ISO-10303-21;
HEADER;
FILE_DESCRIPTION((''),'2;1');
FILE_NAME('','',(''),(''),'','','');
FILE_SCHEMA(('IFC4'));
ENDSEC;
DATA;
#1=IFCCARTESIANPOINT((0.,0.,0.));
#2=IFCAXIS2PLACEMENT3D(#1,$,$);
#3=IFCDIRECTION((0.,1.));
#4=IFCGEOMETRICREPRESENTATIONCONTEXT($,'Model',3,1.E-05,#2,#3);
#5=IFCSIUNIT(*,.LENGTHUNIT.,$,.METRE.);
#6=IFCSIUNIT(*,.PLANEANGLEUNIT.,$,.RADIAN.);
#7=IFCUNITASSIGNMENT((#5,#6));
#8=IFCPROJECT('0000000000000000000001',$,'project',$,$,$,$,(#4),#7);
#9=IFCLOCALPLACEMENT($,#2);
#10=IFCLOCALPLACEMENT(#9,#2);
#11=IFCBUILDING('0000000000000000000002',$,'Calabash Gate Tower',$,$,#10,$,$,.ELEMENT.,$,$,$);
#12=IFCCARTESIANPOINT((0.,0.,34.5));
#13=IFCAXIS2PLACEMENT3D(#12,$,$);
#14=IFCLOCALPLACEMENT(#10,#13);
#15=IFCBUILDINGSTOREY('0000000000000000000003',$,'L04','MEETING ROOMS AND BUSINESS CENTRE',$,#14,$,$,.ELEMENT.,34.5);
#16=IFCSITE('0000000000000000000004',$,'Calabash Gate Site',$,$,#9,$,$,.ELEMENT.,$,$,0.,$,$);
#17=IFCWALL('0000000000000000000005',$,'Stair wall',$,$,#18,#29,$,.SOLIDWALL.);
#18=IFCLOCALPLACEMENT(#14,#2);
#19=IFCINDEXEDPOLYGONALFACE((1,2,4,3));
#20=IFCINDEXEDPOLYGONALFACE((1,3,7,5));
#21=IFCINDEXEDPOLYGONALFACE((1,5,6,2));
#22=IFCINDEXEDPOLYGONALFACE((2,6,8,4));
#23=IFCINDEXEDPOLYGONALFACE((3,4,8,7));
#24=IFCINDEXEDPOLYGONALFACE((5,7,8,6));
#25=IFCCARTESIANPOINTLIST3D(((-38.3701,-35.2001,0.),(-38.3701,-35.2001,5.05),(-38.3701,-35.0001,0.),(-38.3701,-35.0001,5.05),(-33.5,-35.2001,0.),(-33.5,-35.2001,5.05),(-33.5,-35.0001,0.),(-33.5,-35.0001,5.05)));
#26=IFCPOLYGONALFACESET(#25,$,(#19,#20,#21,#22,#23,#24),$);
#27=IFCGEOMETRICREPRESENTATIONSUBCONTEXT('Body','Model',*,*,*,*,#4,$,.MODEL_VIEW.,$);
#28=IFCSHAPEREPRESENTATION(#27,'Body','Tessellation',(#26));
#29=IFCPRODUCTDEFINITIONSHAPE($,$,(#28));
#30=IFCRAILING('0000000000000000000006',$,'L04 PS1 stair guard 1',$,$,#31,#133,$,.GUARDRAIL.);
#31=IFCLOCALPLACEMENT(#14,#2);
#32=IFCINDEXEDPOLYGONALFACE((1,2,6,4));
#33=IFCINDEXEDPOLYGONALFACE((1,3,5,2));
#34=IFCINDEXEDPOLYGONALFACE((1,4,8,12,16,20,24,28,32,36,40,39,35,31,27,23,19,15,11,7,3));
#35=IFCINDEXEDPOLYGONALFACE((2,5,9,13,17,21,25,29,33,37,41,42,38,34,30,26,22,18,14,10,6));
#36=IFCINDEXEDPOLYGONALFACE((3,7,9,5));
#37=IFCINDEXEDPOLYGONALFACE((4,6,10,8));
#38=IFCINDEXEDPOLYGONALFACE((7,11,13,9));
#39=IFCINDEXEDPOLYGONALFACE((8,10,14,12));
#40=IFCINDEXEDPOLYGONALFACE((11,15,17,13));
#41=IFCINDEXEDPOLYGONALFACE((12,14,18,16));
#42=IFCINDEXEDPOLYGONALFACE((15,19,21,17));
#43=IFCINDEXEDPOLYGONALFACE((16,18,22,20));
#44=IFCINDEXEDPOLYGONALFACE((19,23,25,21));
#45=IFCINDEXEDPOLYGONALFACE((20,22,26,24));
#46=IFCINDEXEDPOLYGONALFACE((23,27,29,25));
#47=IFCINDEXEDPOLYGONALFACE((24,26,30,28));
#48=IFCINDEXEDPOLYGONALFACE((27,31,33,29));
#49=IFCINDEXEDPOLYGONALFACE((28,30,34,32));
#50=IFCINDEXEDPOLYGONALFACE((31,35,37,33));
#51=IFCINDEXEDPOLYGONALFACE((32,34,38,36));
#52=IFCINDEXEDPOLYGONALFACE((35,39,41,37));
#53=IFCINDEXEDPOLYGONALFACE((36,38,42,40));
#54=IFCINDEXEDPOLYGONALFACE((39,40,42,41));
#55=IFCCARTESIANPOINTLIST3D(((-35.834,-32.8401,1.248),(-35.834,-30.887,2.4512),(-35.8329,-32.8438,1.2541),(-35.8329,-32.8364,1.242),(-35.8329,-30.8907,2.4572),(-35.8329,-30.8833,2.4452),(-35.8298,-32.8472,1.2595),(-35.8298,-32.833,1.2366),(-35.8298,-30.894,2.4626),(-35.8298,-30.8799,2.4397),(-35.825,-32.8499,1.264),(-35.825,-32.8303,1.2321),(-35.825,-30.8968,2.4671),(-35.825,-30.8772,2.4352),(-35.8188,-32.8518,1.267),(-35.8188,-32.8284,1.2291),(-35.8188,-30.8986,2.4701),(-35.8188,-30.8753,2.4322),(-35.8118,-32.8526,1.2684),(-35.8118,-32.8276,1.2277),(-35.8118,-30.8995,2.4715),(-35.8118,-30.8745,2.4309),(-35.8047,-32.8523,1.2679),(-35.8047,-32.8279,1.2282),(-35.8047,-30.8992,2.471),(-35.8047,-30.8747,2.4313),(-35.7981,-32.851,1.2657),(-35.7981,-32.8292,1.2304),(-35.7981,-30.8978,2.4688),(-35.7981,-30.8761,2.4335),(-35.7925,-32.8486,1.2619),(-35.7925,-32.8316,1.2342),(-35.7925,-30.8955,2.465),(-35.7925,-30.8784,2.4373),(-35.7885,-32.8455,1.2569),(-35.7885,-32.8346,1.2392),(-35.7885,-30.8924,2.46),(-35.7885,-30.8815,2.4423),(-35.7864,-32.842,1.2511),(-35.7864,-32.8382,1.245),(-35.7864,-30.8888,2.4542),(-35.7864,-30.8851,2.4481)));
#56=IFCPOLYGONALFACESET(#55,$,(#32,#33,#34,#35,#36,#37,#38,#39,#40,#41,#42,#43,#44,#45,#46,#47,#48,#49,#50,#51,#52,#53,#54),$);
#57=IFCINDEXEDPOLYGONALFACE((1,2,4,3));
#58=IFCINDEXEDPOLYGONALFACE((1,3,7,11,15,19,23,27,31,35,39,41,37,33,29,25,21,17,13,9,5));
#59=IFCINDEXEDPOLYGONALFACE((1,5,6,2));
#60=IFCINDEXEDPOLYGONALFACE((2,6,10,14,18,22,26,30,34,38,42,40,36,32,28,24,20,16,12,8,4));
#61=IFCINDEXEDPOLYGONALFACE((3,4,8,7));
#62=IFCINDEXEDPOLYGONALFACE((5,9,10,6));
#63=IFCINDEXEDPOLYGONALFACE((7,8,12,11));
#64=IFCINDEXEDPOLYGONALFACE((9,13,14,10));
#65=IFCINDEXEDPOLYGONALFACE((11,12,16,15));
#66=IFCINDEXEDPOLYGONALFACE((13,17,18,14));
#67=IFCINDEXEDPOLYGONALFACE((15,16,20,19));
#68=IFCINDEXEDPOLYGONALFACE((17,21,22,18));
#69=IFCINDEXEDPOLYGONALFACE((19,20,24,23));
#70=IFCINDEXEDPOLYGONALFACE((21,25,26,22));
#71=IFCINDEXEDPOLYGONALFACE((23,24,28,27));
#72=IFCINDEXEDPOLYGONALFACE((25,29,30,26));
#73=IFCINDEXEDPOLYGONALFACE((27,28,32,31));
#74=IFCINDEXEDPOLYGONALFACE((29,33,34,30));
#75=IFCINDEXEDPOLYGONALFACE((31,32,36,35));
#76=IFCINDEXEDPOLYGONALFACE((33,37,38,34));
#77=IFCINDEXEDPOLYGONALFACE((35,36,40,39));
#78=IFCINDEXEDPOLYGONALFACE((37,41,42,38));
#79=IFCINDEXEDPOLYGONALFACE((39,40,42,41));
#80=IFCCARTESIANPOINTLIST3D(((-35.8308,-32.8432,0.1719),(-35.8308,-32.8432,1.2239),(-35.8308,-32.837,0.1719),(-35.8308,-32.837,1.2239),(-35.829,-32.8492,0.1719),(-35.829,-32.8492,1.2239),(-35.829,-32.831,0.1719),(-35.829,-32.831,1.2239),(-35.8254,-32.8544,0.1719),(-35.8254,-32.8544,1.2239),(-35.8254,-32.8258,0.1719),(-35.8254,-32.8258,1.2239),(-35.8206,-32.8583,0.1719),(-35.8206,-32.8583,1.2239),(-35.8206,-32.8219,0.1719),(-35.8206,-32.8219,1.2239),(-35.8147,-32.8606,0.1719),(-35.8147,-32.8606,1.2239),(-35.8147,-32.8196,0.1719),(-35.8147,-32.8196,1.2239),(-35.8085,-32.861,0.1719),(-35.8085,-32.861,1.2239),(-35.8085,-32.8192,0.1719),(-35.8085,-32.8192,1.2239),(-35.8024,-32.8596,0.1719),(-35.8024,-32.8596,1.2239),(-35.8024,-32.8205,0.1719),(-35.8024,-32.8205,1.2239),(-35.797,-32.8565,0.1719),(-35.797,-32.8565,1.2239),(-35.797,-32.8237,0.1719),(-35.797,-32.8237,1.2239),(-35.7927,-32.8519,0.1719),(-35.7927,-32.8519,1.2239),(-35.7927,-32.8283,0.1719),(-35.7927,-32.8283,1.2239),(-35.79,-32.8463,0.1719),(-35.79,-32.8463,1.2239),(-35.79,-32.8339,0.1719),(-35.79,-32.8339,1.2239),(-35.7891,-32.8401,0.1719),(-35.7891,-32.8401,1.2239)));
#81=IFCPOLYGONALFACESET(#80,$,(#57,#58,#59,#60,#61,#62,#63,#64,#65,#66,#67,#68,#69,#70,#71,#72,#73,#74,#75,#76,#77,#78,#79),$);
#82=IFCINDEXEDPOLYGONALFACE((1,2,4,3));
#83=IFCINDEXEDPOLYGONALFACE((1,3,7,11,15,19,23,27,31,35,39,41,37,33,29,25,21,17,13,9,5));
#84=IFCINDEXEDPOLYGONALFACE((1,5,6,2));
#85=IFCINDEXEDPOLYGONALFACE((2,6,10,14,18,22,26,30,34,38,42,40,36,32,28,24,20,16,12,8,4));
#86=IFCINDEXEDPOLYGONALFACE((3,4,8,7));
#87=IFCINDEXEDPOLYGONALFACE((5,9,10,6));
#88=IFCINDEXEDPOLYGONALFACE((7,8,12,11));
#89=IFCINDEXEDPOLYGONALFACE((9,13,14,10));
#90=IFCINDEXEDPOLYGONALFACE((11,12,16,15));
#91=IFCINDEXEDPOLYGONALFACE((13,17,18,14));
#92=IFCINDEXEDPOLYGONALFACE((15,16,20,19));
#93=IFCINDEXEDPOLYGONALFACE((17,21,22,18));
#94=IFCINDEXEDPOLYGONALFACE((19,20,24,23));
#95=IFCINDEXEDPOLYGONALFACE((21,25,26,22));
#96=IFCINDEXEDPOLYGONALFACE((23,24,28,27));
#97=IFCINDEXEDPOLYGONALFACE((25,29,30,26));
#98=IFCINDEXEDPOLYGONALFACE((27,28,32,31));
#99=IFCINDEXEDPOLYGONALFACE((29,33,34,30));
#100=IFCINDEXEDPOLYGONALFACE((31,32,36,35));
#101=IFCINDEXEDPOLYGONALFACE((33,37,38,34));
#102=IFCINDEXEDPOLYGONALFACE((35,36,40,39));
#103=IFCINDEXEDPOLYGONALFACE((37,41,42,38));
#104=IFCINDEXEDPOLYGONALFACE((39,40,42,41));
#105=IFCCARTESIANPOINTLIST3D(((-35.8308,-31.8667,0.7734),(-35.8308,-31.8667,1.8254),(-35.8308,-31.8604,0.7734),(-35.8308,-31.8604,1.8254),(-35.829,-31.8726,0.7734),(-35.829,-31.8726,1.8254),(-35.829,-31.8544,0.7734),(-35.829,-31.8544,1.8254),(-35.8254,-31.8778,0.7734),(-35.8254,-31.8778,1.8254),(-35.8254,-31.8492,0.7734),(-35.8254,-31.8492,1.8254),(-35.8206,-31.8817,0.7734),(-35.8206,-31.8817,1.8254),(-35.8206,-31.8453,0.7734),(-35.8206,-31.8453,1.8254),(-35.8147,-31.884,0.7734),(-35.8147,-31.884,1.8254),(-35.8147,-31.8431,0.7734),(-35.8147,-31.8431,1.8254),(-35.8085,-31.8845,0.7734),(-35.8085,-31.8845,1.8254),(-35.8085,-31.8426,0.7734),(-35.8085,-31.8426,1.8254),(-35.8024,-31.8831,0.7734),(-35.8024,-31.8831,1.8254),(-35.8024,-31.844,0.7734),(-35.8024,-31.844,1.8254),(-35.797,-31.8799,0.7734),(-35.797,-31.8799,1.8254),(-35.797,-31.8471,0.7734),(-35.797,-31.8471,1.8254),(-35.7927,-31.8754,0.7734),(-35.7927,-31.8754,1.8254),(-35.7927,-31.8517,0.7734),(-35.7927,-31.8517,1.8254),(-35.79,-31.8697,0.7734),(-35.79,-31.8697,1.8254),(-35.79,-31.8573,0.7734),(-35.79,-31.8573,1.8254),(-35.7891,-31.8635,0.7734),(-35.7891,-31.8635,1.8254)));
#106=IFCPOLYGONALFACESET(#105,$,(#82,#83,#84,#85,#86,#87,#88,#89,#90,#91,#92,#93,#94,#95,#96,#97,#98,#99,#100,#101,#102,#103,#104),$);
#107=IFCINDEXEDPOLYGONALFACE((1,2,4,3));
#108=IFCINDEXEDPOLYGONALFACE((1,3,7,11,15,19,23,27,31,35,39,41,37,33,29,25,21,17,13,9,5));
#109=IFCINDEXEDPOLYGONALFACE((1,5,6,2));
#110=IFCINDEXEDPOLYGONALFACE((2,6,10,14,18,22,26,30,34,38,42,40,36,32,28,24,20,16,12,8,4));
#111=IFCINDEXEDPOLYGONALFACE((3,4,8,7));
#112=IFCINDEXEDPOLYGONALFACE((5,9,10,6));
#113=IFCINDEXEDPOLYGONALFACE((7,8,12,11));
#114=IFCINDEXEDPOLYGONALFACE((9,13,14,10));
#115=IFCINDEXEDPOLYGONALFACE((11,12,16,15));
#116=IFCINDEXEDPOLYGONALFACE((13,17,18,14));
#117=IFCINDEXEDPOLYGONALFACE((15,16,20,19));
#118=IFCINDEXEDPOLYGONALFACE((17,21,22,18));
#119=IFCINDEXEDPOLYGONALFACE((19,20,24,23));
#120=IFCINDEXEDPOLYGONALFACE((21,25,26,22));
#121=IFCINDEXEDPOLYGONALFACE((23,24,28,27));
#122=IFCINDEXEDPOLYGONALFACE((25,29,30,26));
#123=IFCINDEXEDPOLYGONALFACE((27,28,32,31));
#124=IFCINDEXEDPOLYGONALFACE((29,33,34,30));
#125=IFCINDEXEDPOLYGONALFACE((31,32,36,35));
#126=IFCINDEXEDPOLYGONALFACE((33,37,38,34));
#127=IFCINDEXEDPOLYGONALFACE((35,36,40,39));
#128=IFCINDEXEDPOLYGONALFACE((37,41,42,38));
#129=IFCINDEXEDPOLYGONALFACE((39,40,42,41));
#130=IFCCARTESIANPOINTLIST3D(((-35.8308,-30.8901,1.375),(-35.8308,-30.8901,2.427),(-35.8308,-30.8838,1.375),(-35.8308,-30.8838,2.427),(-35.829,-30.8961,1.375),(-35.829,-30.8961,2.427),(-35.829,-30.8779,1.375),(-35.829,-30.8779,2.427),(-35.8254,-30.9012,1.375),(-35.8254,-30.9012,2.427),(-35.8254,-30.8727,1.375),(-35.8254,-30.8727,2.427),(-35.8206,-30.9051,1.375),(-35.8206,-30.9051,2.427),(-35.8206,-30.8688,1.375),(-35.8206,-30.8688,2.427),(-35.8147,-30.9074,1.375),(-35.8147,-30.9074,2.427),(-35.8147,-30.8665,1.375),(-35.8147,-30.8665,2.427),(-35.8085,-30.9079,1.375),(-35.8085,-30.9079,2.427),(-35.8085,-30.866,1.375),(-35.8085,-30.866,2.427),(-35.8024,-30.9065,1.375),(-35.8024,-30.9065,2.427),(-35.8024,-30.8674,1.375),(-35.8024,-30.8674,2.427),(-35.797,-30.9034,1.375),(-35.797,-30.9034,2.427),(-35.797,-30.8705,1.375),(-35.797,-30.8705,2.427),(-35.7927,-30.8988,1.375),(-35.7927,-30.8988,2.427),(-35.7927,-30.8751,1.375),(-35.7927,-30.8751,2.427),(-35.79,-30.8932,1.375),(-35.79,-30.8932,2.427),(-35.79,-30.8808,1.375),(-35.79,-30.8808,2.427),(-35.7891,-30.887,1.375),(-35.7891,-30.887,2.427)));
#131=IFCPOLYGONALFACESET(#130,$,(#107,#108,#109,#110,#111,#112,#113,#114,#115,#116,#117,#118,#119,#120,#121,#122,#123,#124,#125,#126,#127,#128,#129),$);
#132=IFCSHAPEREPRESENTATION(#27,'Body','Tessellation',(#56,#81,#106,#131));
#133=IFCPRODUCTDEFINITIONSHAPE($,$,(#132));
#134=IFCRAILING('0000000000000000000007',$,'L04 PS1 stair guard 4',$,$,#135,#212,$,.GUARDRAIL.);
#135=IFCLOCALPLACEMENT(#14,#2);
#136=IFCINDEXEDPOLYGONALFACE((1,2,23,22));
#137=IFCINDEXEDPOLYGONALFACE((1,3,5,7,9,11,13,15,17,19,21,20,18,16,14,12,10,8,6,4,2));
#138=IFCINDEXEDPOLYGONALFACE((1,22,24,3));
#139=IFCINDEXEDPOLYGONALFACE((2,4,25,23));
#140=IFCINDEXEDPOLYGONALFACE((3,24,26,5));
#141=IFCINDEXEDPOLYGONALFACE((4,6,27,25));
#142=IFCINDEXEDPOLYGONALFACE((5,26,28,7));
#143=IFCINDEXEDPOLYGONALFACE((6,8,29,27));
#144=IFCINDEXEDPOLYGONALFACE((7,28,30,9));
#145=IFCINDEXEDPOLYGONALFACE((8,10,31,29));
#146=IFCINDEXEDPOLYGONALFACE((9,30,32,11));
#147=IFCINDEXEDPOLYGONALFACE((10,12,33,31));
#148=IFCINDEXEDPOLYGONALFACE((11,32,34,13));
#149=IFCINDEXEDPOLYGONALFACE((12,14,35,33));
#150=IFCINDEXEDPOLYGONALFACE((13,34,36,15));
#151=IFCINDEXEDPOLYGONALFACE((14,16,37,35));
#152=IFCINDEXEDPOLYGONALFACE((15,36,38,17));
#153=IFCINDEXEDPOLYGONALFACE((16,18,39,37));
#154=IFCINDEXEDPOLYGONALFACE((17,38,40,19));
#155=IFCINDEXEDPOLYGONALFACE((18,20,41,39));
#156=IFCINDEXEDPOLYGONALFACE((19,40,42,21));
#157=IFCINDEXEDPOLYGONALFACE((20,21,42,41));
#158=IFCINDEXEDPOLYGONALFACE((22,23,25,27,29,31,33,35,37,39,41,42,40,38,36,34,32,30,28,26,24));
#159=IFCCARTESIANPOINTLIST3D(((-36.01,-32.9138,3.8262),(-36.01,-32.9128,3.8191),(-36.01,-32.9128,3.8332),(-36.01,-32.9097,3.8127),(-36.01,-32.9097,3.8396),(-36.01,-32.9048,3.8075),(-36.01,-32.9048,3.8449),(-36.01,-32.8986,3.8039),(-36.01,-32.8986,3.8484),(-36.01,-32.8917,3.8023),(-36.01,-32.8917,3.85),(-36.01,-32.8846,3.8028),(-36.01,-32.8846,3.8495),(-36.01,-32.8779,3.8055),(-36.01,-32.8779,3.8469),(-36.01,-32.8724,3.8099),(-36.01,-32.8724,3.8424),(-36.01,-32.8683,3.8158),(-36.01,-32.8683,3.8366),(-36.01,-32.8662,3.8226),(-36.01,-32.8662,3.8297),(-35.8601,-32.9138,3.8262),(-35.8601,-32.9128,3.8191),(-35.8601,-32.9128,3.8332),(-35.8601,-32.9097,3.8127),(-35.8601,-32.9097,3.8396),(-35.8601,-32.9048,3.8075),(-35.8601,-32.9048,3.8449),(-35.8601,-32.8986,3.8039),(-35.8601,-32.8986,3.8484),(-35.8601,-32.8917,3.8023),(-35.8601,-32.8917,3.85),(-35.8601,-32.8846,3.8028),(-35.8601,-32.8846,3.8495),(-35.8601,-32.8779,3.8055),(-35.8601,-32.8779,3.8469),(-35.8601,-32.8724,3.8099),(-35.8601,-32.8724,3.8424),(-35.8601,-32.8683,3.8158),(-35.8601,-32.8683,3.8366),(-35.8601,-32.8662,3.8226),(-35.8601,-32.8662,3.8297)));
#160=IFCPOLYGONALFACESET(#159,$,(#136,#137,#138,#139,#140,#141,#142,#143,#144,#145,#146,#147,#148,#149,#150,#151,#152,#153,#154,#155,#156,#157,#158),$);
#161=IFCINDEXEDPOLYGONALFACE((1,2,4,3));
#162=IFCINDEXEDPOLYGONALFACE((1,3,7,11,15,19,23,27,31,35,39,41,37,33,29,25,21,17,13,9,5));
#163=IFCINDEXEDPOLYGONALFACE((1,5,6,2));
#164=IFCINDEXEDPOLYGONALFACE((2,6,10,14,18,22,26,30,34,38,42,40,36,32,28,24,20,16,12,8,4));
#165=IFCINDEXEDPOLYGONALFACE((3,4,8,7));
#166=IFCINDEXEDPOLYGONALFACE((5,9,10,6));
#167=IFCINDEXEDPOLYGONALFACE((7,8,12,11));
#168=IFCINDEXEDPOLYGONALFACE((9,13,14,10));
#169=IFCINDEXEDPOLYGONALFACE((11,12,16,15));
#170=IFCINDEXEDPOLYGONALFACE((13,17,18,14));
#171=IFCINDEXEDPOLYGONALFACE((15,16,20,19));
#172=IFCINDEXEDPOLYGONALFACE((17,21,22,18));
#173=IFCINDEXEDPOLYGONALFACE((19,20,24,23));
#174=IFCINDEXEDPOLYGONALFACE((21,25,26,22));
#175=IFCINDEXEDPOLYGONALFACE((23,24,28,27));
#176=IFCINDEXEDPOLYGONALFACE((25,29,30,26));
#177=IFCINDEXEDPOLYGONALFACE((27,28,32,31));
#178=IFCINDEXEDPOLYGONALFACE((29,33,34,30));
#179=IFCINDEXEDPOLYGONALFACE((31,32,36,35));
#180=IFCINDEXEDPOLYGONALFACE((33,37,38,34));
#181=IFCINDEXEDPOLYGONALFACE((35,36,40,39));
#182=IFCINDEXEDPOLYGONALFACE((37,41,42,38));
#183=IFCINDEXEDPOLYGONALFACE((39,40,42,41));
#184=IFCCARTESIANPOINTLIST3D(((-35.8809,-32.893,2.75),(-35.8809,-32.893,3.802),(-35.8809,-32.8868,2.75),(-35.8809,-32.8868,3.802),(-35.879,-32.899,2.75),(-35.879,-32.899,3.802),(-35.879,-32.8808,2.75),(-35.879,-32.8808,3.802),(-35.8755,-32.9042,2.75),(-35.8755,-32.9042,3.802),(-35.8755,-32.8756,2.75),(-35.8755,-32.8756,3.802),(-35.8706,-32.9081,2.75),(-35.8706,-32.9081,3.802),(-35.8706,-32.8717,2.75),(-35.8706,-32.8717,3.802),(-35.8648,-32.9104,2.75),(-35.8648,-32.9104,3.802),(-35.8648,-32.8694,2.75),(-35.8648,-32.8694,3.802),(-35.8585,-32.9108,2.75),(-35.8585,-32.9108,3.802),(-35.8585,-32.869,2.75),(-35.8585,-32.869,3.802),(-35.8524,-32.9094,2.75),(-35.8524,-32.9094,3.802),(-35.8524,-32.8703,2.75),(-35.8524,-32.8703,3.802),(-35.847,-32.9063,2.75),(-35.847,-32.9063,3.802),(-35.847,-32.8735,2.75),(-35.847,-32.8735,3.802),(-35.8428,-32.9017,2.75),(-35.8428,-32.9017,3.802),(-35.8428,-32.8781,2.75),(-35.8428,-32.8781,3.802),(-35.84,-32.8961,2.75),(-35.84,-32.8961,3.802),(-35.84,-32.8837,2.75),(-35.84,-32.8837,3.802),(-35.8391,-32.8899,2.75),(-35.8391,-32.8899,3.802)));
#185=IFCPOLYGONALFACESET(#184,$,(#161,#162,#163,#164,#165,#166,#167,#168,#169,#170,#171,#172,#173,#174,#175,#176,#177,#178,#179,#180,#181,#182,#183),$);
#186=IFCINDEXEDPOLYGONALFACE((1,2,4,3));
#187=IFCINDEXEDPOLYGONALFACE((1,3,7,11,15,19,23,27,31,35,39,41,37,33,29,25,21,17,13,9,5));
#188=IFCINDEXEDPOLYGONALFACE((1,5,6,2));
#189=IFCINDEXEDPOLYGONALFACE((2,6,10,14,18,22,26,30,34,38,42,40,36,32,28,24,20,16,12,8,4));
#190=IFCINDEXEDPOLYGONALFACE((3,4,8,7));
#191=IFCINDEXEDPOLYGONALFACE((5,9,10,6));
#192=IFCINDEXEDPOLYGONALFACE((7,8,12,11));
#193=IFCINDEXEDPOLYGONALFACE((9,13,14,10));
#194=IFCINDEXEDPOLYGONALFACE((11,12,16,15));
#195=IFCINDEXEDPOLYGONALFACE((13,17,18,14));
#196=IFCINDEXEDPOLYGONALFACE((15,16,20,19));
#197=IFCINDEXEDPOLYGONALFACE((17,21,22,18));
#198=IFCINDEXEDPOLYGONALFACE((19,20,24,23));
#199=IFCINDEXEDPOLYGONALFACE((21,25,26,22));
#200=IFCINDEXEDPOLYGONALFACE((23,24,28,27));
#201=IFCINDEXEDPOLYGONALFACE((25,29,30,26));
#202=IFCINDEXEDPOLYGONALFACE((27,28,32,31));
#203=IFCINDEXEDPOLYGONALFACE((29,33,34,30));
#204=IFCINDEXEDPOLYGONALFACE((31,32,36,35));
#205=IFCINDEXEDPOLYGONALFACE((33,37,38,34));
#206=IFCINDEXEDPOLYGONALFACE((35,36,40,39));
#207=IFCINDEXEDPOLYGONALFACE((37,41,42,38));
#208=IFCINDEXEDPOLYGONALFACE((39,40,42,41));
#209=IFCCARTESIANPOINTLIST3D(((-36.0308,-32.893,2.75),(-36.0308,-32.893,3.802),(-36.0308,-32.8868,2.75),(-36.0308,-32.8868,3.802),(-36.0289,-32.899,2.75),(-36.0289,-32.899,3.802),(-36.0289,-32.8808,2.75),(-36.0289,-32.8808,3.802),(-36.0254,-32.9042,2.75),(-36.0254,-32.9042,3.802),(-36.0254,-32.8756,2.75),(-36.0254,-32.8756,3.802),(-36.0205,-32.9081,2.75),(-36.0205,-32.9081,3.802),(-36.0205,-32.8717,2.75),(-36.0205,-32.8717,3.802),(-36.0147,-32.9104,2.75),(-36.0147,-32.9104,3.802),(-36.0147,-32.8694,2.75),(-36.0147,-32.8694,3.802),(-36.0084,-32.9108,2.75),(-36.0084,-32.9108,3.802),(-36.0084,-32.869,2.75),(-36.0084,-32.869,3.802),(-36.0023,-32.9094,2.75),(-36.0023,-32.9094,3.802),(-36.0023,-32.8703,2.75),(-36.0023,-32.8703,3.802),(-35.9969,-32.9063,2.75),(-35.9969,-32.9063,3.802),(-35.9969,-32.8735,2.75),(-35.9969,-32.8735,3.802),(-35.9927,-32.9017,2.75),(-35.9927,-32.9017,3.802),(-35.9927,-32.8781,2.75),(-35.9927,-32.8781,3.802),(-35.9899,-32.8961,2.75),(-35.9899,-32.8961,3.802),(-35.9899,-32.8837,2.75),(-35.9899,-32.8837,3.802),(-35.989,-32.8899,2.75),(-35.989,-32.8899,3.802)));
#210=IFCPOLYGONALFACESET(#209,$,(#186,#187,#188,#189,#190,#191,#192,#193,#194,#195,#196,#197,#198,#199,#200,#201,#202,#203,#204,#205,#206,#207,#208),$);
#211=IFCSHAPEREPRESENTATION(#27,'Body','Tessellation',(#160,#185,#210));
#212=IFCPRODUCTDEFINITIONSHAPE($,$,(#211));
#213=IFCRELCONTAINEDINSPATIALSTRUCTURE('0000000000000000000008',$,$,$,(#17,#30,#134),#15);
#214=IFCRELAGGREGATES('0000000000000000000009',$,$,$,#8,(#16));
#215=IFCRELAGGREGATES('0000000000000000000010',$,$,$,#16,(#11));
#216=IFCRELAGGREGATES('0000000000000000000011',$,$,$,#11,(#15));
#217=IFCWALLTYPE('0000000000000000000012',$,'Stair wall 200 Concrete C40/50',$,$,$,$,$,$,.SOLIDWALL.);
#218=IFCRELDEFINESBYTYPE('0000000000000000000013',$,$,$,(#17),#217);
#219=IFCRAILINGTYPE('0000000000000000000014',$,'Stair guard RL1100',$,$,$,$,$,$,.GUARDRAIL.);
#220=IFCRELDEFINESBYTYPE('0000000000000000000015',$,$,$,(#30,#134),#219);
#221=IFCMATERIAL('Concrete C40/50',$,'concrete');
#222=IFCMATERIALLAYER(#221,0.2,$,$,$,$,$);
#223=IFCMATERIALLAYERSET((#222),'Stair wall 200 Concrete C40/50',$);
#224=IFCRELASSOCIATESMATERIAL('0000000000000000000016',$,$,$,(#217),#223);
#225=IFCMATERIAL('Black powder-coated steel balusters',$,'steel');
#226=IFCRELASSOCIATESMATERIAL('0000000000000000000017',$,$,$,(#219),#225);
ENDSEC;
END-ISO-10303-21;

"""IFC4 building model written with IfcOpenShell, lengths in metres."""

from ifc_helpers import new_model, si_unit, direction, frame, frame_2d, origin, origin_2d, place, context, subcontext, project, spatial, rectangle, circle, extrude, material, layer, layer_set, type_object, element, save


model = new_model("IFC4")

# Units and contexts
model_context = context("Model", 3, precision=1e-05, world=origin(), true_north=direction((0.0, 1.0)))
body_context = subcontext(model_context, "Body", "Model", "MODEL_VIEW")
ifc_project = project(units=[si_unit("LENGTHUNIT", "METRE"), si_unit("PLANEANGLEUNIT", "RADIAN")], contexts=[model_context])

# Site, building, storey
site_placement = place(None, origin())
site = spatial("IfcSite", under=ifc_project, at=site_placement, Name="Calabash Gate Site", CompositionType="ELEMENT", RefElevation=0.0)
building_placement = place(site_placement, origin())
building = spatial("IfcBuilding", under=site, at=building_placement, Name="Calabash Gate Tower", CompositionType="ELEMENT")
storey_placement = place(building_placement, frame((0.0, 0.0, 34.5)))
storey = spatial("IfcBuildingStorey", under=building, at=storey_placement, Name="L04", Description="MEETING ROOMS AND BUSINESS CENTRE", CompositionType="ELEMENT", Elevation=34.5)

# Wall
ifc_material_1 = material(Name="Concrete C40/50", Category="concrete")
ifc_layer_1 = layer(ifc_material_1, 0.2)
ifc_layer_set_1 = layer_set([ifc_layer_1], Name="Stair wall 200 Concrete C40/50")
wall_type_1 = type_object("IfcWallType", Name="Stair wall 200 Concrete C40/50", PredefinedType="SOLIDWALL", material=ifc_layer_set_1)
wall_1_placement = place(storey_placement, frame((-38.3701, -35.1001, 0.0), z_axis=(0.0, 0.0, 1.0), x_axis=(1.0, 0.0, 0.0)))
element("IfcWall", 1, at=wall_1_placement, inside=storey, type_object=wall_type_1, Name="Stair wall", PredefinedType="SOLIDWALL", context=body_context, shape_type="SweptSolid", body=[
    extrude(rectangle(XDim=4.8701, YDim=0.2, at=frame_2d((2.4351, 0.0))), origin(), (0.0, 0.0, 1.0), 5.05),
])

# Railings
ifc_material_2 = material(Name="Black powder-coated steel balusters", Category="steel")
railing_type_1 = type_object("IfcRailingType", Name="Stair guard RL1100", PredefinedType="GUARDRAIL", material=ifc_material_2)
railing_1_placement = place(storey_placement, frame((-35.8101, -32.8401, 0.1719)))
element("IfcRailing", 2, at=railing_1_placement, inside=storey, type_object=railing_type_1, Name="L04 PS1 stair guard 1", PredefinedType="GUARDRAIL", context=body_context, shape_type="SweptSolid", body=[
    extrude(circle(Radius=0.0239, at=origin_2d()), frame((0.0, 0.0, 1.0762), z_axis=(0.0, 0.851424, 0.524477), x_axis=(-1.0, 0.0, 0.0)), (0.0, 0.0, 1.0), 2.2939),
    extrude(circle(Radius=0.021, at=origin_2d()), origin(), (0.0, 0.0, 1.0), 1.052),
    extrude(circle(Radius=0.021, at=origin_2d()), frame((0.0, 0.9766, 0.6016)), (0.0, 0.0, 1.0), 1.052),
    extrude(circle(Radius=0.021, at=origin_2d()), frame((0.0, 1.9531, 1.2031)), (0.0, 0.0, 1.0), 1.052),
])
railing_2_placement = place(storey_placement, frame((-35.8601, -32.8899, 2.75)))
element("IfcRailing", 3, at=railing_2_placement, inside=storey, type_object=railing_type_1, Name="L04 PS1 stair guard 4", PredefinedType="GUARDRAIL", context=body_context, shape_type="SweptSolid", body=[
    extrude(circle(Radius=0.0239, at=origin_2d()), frame((0.0, 0.0, 1.0762), z_axis=(-1.0, 0.0, 0.0), x_axis=(0.0, -1.0, 0.0)), (0.0, 0.0, 1.0), 0.1499),
    extrude(circle(Radius=0.021, at=origin_2d()), origin(), (0.0, 0.0, 1.0), 1.052),
    extrude(circle(Radius=0.021, at=origin_2d()), frame((-0.1499, 0.0, 0.0)), (0.0, 0.0, 1.0), 1.052),
])

save(model, "model.ifc")
